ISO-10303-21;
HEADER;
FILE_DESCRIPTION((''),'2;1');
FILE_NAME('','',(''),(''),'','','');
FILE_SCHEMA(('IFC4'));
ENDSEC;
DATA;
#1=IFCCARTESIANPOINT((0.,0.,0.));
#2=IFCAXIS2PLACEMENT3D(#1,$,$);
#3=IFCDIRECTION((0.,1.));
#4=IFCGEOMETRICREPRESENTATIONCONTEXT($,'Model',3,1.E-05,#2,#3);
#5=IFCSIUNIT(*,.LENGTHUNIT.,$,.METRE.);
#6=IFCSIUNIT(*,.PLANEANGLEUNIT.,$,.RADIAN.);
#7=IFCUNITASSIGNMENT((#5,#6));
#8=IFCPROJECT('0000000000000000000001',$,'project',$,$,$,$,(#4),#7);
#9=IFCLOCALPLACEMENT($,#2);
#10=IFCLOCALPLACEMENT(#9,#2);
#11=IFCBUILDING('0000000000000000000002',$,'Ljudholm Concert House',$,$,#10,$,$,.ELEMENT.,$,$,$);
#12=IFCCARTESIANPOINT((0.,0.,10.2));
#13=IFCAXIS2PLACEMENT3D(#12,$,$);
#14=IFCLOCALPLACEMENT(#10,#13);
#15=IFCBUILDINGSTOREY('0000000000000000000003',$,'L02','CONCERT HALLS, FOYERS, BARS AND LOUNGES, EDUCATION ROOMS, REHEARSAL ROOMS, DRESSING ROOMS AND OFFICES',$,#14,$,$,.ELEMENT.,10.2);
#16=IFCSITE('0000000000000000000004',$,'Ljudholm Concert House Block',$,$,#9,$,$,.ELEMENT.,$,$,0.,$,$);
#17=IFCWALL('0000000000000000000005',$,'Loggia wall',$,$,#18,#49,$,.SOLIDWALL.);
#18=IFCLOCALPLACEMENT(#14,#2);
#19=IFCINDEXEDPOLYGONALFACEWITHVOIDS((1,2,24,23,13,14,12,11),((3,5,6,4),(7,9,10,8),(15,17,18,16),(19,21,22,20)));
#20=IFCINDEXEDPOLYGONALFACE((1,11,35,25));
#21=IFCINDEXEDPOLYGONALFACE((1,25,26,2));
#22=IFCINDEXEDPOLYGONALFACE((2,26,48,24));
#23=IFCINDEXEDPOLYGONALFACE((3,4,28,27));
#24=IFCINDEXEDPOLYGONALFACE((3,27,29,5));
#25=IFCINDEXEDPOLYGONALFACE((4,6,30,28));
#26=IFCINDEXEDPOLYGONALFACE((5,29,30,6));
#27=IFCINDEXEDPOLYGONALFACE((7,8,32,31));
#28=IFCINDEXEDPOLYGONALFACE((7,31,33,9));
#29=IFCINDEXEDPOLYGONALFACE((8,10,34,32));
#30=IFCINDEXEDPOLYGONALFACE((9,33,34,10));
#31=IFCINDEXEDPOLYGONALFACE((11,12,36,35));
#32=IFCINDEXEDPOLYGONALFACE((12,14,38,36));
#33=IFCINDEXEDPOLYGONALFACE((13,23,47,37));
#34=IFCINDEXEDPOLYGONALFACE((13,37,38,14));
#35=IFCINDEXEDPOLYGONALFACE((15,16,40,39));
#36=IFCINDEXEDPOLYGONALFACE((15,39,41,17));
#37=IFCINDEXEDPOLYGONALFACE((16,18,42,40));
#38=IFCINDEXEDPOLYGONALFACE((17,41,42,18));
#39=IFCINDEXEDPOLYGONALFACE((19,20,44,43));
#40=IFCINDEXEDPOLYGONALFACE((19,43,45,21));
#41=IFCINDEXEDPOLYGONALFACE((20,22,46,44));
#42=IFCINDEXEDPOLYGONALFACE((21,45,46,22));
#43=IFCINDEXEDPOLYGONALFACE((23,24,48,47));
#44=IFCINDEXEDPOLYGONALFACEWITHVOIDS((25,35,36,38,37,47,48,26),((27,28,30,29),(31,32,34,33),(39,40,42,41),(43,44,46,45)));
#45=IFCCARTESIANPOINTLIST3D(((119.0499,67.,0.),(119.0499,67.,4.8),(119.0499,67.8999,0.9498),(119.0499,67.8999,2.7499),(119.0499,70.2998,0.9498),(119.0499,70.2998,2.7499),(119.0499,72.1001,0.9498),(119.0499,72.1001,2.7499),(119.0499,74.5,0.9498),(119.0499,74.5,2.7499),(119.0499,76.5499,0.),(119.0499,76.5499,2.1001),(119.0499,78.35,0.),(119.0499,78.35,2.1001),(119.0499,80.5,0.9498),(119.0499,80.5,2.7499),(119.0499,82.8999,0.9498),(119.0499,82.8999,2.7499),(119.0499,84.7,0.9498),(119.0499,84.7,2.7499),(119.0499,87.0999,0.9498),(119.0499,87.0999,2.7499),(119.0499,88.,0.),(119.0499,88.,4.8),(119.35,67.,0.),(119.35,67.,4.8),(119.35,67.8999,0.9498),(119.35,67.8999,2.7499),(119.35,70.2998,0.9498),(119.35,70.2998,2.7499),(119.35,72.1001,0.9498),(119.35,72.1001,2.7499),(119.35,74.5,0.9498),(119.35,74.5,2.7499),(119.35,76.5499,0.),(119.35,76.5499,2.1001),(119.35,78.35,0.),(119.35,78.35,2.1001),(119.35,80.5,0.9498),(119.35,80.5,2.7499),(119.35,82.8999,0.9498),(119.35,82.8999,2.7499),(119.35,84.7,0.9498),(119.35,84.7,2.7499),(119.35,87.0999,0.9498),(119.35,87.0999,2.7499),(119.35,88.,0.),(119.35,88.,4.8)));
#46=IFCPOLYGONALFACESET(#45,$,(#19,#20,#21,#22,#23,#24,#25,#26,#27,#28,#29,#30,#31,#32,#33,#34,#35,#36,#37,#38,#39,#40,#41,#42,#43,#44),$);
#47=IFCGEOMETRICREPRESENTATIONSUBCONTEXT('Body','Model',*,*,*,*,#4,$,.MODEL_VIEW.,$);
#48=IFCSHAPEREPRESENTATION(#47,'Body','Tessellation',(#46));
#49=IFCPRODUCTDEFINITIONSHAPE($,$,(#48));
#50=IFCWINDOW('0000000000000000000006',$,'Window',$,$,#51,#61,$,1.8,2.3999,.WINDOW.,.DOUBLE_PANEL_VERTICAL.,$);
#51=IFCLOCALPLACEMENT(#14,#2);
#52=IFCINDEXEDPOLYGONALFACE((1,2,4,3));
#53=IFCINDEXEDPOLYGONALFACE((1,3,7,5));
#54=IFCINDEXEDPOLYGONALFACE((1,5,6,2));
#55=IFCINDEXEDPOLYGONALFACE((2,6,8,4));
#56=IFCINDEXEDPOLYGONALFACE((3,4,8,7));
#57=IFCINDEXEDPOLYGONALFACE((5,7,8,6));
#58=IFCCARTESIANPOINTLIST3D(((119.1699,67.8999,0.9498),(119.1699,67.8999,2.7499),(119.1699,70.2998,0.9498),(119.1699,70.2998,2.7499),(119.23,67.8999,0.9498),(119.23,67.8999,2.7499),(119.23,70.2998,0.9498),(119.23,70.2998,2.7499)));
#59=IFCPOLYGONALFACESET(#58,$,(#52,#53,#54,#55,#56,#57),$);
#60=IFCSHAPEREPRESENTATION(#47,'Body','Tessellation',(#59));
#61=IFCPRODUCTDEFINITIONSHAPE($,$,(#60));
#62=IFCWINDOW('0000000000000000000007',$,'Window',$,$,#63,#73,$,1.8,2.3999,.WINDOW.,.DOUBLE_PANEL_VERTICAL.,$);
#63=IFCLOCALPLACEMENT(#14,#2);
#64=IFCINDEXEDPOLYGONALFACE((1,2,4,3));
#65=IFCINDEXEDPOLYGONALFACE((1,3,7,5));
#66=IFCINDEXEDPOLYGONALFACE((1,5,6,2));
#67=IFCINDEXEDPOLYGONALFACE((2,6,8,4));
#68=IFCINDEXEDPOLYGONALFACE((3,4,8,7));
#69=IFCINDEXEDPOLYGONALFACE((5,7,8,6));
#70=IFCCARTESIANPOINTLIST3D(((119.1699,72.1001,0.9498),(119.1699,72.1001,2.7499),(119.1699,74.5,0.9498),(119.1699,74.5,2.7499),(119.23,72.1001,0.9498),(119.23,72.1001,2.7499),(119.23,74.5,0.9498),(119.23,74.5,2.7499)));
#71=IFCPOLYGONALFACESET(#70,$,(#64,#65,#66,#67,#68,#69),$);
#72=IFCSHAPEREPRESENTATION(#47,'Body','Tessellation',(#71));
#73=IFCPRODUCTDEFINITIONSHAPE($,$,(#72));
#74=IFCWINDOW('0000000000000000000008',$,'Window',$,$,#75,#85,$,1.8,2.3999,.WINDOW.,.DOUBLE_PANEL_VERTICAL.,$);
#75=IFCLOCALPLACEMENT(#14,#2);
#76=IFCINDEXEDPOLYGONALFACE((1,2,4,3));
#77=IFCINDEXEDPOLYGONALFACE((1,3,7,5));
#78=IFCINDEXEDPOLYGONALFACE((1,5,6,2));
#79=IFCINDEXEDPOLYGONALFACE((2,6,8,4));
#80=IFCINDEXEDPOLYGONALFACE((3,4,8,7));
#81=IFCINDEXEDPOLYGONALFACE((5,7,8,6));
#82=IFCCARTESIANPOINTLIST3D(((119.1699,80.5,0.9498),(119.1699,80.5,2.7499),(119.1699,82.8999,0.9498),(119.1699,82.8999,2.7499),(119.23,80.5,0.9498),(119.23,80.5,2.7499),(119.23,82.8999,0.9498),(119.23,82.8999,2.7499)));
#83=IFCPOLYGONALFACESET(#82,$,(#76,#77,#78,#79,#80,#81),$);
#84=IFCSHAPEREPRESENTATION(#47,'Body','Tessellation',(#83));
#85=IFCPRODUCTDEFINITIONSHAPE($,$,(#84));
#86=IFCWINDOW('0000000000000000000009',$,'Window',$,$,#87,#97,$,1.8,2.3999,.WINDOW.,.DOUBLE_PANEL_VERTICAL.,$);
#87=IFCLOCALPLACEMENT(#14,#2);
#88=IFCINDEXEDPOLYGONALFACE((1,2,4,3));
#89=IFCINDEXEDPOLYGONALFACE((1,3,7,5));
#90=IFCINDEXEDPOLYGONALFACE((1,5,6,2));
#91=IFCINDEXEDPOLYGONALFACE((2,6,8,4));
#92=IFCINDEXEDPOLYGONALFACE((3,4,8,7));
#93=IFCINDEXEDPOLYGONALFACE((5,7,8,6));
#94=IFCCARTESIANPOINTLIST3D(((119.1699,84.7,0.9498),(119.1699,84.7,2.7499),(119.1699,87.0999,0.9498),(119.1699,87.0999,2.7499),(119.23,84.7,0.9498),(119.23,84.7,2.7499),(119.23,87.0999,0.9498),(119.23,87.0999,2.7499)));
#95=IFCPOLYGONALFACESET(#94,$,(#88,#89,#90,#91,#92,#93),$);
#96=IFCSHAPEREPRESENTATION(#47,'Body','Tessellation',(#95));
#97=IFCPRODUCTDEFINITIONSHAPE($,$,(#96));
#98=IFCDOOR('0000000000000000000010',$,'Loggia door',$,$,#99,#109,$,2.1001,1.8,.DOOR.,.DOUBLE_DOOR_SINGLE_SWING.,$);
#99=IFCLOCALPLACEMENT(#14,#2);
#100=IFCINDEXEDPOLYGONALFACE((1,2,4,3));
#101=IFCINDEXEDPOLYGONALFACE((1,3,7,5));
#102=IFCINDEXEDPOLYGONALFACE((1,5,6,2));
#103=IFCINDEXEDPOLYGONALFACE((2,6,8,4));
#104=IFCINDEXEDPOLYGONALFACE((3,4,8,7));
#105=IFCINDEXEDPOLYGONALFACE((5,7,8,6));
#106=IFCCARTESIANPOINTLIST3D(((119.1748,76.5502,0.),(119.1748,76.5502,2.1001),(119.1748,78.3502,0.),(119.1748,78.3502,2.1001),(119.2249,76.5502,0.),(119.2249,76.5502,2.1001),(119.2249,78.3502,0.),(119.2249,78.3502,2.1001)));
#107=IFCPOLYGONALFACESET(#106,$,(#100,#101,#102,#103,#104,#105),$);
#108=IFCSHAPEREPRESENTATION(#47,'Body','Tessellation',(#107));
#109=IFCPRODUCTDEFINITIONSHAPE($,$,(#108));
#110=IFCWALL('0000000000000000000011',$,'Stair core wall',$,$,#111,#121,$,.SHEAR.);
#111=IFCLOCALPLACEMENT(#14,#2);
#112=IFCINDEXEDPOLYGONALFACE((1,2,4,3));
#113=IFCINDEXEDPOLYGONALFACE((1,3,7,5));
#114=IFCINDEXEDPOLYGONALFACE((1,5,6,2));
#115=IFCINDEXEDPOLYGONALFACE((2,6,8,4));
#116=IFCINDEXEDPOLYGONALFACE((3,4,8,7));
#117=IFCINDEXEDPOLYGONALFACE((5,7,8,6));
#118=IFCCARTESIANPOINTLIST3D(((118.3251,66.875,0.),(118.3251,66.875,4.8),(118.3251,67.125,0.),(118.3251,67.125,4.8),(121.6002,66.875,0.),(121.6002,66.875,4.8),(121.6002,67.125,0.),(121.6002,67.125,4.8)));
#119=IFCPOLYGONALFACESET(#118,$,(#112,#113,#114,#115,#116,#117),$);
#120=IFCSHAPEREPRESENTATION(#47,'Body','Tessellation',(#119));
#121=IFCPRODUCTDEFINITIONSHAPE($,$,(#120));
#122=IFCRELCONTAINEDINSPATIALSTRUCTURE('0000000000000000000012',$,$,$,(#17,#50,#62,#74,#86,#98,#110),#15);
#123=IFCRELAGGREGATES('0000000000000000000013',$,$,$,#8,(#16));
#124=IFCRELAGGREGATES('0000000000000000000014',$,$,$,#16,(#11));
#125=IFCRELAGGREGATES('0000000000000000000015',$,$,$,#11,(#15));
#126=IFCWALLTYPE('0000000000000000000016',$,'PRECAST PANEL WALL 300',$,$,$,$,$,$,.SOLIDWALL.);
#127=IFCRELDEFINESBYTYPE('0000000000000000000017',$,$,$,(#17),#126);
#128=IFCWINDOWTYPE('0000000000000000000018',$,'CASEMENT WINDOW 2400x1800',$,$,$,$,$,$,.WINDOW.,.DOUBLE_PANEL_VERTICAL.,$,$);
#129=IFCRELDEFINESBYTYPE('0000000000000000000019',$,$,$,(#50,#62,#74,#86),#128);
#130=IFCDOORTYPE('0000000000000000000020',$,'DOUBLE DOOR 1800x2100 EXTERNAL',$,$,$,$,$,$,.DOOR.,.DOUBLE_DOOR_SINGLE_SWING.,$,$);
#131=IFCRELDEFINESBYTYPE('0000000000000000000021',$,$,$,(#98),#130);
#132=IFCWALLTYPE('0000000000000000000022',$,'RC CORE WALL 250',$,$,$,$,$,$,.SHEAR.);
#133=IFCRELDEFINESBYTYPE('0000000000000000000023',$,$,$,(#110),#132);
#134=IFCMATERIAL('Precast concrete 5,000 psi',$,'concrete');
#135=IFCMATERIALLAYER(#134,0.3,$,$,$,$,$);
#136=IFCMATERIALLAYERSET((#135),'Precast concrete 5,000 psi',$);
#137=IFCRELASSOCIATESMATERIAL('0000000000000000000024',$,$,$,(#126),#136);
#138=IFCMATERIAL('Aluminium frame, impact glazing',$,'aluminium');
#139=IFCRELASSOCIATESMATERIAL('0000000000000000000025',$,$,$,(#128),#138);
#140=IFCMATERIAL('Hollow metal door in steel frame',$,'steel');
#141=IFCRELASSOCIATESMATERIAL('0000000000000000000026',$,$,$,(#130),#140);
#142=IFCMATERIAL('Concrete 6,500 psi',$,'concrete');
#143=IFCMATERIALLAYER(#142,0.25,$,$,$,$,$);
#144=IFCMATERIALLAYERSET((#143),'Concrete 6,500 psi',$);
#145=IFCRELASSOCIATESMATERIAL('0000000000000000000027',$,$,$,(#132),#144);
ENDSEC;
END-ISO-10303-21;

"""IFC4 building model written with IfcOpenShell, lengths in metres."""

from ifc_helpers import new_model, si_unit, direction, frame, frame_2d, origin, place, context, subcontext, project, spatial, rectangle, extrude, material, layer, layer_set, type_object, element, fill, save


model = new_model("IFC4")

# Units and contexts
model_context = context("Model", 3, precision=1e-05, world=origin(), true_north=direction((0.0, 1.0)))
body_context = subcontext(model_context, "Body", "Model", "MODEL_VIEW")
ifc_project = project(units=[si_unit("LENGTHUNIT", "METRE"), si_unit("PLANEANGLEUNIT", "RADIAN")], contexts=[model_context])

# Site, building, storey
site_placement = place(None, origin())
site = spatial("IfcSite", under=ifc_project, at=site_placement, Name="Ljudholm Concert House Block", CompositionType="ELEMENT", RefElevation=0.0)
building_placement = place(site_placement, origin())
building = spatial("IfcBuilding", under=site, at=building_placement, Name="Ljudholm Concert House", CompositionType="ELEMENT")
storey_placement = place(building_placement, frame((0.0, 0.0, 10.2)))
storey = spatial("IfcBuildingStorey", under=building, at=storey_placement, Name="L02", Description="CONCERT HALLS, FOYERS, BARS AND LOUNGES, EDUCATION ROOMS, REHEARSAL ROOMS, DRESSING ROOMS AND OFFICES", CompositionType="ELEMENT", Elevation=10.2)

# Wall, openings, windows, door
ifc_material_1 = material(Name="Precast concrete 5,000 psi", Category="concrete")
ifc_layer_1 = layer(ifc_material_1, 0.3)
ifc_layer_set_1 = layer_set([ifc_layer_1], Name="Precast concrete 5,000 psi")
wall_type_1 = type_object("IfcWallType", Name="PRECAST PANEL WALL 300", PredefinedType="SOLIDWALL", material=ifc_layer_set_1)
wall_1_placement = place(storey_placement, frame((119.2, 67.0, 0.0), z_axis=(0.0, 0.0, 1.0), x_axis=(0.0, 1.0, 0.0)))
wall_1 = element("IfcWall", 1, at=wall_1_placement, inside=storey, type_object=wall_type_1, Name="Loggia wall", PredefinedType="SOLIDWALL", context=body_context, shape_type="SweptSolid", body=[
    extrude(rectangle(XDim=21.0, YDim=0.3, at=frame_2d((10.5, 0.0))), origin(), (0.0, 0.0, 1.0), 4.8),
])
opening_1_placement = place(wall_1_placement, frame((9.55, 0.0, 0.0)))
opening_1 = element("IfcOpeningElement", 2, at=opening_1_placement, cuts=wall_1, PredefinedType="OPENING", context=body_context, shape_type="SweptSolid", body=[
    extrude(rectangle(XDim=1.8, YDim=2.1001, at=frame_2d((0.8999, 1.05))), frame((0.0, 0.1599, 0.0), z_axis=(0.0, -1.0, 0.0), x_axis=(1.0, 0.0, 0.0)), (0.0, 0.0, 1.0), 0.3201),
])
opening_2_placement = place(wall_1_placement, frame((0.8999, 0.0, 0.95)))
opening_2 = element("IfcOpeningElement", 3, at=opening_2_placement, cuts=wall_1, PredefinedType="OPENING", context=body_context, shape_type="SweptSolid", body=[
    extrude(rectangle(XDim=2.3999, YDim=1.8, at=frame_2d((1.2, 0.8999))), frame((0.0, 0.1599, 0.0), z_axis=(0.0, -1.0, 0.0), x_axis=(1.0, 0.0, 0.0)), (0.0, 0.0, 1.0), 0.3201),
])
opening_3_placement = place(wall_1_placement, frame((5.1001, 0.0, 0.95)))
opening_3 = element("IfcOpeningElement", 4, at=opening_3_placement, cuts=wall_1, PredefinedType="OPENING", context=body_context, shape_type="SweptSolid", body=[
    extrude(rectangle(XDim=2.3999, YDim=1.8, at=frame_2d((1.2, 0.8999))), frame((0.0, 0.1599, 0.0), z_axis=(0.0, -1.0, 0.0), x_axis=(1.0, 0.0, 0.0)), (0.0, 0.0, 1.0), 0.3201),
])
opening_4_placement = place(wall_1_placement, frame((13.5, 0.0, 0.95)))
opening_4 = element("IfcOpeningElement", 5, at=opening_4_placement, cuts=wall_1, PredefinedType="OPENING", context=body_context, shape_type="SweptSolid", body=[
    extrude(rectangle(XDim=2.3999, YDim=1.8, at=frame_2d((1.2, 0.8999))), frame((0.0, 0.1599, 0.0), z_axis=(0.0, -1.0, 0.0), x_axis=(1.0, 0.0, 0.0)), (0.0, 0.0, 1.0), 0.3201),
])
opening_5_placement = place(wall_1_placement, frame((17.7, 0.0, 0.95)))
opening_5 = element("IfcOpeningElement", 6, at=opening_5_placement, cuts=wall_1, PredefinedType="OPENING", context=body_context, shape_type="SweptSolid", body=[
    extrude(rectangle(XDim=2.3999, YDim=1.8, at=frame_2d((1.2, 0.8999))), frame((0.0, 0.1599, 0.0), z_axis=(0.0, -1.0, 0.0), x_axis=(1.0, 0.0, 0.0)), (0.0, 0.0, 1.0), 0.3201),
])
ifc_material_2 = material(Name="Aluminium frame, impact glazing", Category="aluminium")
window_type = type_object("IfcWindowType", Name="CASEMENT WINDOW 2400x1800", PartitioningType="DOUBLE_PANEL_VERTICAL", PredefinedType="WINDOW", material=ifc_material_2)
window_1_placement = place(opening_2_placement, origin())
window_1 = element("IfcWindow", 7, at=window_1_placement, inside=storey, type_object=window_type, Name="Window", OverallHeight=1.8, OverallWidth=2.3999, PartitioningType="DOUBLE_PANEL_VERTICAL", PredefinedType="WINDOW", context=body_context, shape_type="SweptSolid", body=[
    extrude(rectangle(XDim=2.3999, YDim=1.8, at=frame_2d((1.2, 0.8999))), frame((0.0, 0.03, 0.0), z_axis=(0.0, -1.0, 0.0), x_axis=(1.0, 0.0, 0.0)), (0.0, 0.0, 1.0), 0.0601),
])
fill(opening_2, window_1)
window_2_placement = place(opening_3_placement, origin())
window_2 = element("IfcWindow", 8, at=window_2_placement, inside=storey, type_object=window_type, Name="Window", OverallHeight=1.8, OverallWidth=2.3999, PartitioningType="DOUBLE_PANEL_VERTICAL", PredefinedType="WINDOW", context=body_context, shape_type="SweptSolid", body=[
    extrude(rectangle(XDim=2.3999, YDim=1.8, at=frame_2d((1.2, 0.8999))), frame((0.0, 0.03, 0.0), z_axis=(0.0, -1.0, 0.0), x_axis=(1.0, 0.0, 0.0)), (0.0, 0.0, 1.0), 0.0601),
])
fill(opening_3, window_2)
window_3_placement = place(opening_4_placement, origin())
window_3 = element("IfcWindow", 9, at=window_3_placement, inside=storey, type_object=window_type, Name="Window", OverallHeight=1.8, OverallWidth=2.3999, PartitioningType="DOUBLE_PANEL_VERTICAL", PredefinedType="WINDOW", context=body_context, shape_type="SweptSolid", body=[
    extrude(rectangle(XDim=2.3999, YDim=1.8, at=frame_2d((1.2, 0.8999))), frame((0.0, 0.03, 0.0), z_axis=(0.0, -1.0, 0.0), x_axis=(1.0, 0.0, 0.0)), (0.0, 0.0, 1.0), 0.0601),
])
fill(opening_4, window_3)
window_4_placement = place(opening_5_placement, origin())
window_4 = element("IfcWindow", 10, at=window_4_placement, inside=storey, type_object=window_type, Name="Window", OverallHeight=1.8, OverallWidth=2.3999, PartitioningType="DOUBLE_PANEL_VERTICAL", PredefinedType="WINDOW", context=body_context, shape_type="SweptSolid", body=[
    extrude(rectangle(XDim=2.3999, YDim=1.8, at=frame_2d((1.2, 0.8999))), frame((0.0, 0.03, 0.0), z_axis=(0.0, -1.0, 0.0), x_axis=(1.0, 0.0, 0.0)), (0.0, 0.0, 1.0), 0.0601),
])
fill(opening_5, window_4)
ifc_material_3 = material(Name="Hollow metal door in steel frame", Category="steel")
door_type_1 = type_object("IfcDoorType", Name="DOUBLE DOOR 1800x2100 EXTERNAL", OperationType="DOUBLE_DOOR_SINGLE_SWING", PredefinedType="DOOR", material=ifc_material_3)
door_1_placement = place(opening_1_placement, frame((1.8, 0.0, 0.0), z_axis=(0.0, 0.0, 1.0), x_axis=(-1.0, 0.0, 0.0)))
door_1 = element("IfcDoor", 11, at=door_1_placement, inside=storey, type_object=door_type_1, Name="Loggia door", OperationType="DOUBLE_DOOR_SINGLE_SWING", OverallHeight=2.1001, OverallWidth=1.8, PredefinedType="DOOR", context=body_context, shape_type="SweptSolid", body=[
    extrude(rectangle(XDim=1.8, YDim=2.1001, at=frame_2d((0.8999, 1.05))), frame((0.0, 0.0249, 0.0), z_axis=(0.0, -1.0, 0.0), x_axis=(1.0, 0.0, 0.0)), (0.0, 0.0, 1.0), 0.05),
])
fill(opening_1, door_1)

# Wall
ifc_material_4 = material(Name="Concrete 6,500 psi", Category="concrete")
ifc_layer_2 = layer(ifc_material_4, 0.25)
ifc_layer_set_2 = layer_set([ifc_layer_2], Name="Concrete 6,500 psi")
wall_type_2 = type_object("IfcWallType", Name="RC CORE WALL 250", PredefinedType="SHEAR", material=ifc_layer_set_2)
wall_2_placement = place(storey_placement, frame((118.325, 67.0, 0.0), z_axis=(0.0, 0.0, 1.0), x_axis=(1.0, 0.0, 0.0)))
element("IfcWall", 12, at=wall_2_placement, inside=storey, type_object=wall_type_2, Name="Stair core wall", PredefinedType="SHEAR", context=body_context, shape_type="SweptSolid", body=[
    extrude(rectangle(XDim=3.2751, YDim=0.25, at=frame_2d((1.6377, 0.0))), origin(), (0.0, 0.0, 1.0), 4.8),
])

save(model, "model.ifc")
